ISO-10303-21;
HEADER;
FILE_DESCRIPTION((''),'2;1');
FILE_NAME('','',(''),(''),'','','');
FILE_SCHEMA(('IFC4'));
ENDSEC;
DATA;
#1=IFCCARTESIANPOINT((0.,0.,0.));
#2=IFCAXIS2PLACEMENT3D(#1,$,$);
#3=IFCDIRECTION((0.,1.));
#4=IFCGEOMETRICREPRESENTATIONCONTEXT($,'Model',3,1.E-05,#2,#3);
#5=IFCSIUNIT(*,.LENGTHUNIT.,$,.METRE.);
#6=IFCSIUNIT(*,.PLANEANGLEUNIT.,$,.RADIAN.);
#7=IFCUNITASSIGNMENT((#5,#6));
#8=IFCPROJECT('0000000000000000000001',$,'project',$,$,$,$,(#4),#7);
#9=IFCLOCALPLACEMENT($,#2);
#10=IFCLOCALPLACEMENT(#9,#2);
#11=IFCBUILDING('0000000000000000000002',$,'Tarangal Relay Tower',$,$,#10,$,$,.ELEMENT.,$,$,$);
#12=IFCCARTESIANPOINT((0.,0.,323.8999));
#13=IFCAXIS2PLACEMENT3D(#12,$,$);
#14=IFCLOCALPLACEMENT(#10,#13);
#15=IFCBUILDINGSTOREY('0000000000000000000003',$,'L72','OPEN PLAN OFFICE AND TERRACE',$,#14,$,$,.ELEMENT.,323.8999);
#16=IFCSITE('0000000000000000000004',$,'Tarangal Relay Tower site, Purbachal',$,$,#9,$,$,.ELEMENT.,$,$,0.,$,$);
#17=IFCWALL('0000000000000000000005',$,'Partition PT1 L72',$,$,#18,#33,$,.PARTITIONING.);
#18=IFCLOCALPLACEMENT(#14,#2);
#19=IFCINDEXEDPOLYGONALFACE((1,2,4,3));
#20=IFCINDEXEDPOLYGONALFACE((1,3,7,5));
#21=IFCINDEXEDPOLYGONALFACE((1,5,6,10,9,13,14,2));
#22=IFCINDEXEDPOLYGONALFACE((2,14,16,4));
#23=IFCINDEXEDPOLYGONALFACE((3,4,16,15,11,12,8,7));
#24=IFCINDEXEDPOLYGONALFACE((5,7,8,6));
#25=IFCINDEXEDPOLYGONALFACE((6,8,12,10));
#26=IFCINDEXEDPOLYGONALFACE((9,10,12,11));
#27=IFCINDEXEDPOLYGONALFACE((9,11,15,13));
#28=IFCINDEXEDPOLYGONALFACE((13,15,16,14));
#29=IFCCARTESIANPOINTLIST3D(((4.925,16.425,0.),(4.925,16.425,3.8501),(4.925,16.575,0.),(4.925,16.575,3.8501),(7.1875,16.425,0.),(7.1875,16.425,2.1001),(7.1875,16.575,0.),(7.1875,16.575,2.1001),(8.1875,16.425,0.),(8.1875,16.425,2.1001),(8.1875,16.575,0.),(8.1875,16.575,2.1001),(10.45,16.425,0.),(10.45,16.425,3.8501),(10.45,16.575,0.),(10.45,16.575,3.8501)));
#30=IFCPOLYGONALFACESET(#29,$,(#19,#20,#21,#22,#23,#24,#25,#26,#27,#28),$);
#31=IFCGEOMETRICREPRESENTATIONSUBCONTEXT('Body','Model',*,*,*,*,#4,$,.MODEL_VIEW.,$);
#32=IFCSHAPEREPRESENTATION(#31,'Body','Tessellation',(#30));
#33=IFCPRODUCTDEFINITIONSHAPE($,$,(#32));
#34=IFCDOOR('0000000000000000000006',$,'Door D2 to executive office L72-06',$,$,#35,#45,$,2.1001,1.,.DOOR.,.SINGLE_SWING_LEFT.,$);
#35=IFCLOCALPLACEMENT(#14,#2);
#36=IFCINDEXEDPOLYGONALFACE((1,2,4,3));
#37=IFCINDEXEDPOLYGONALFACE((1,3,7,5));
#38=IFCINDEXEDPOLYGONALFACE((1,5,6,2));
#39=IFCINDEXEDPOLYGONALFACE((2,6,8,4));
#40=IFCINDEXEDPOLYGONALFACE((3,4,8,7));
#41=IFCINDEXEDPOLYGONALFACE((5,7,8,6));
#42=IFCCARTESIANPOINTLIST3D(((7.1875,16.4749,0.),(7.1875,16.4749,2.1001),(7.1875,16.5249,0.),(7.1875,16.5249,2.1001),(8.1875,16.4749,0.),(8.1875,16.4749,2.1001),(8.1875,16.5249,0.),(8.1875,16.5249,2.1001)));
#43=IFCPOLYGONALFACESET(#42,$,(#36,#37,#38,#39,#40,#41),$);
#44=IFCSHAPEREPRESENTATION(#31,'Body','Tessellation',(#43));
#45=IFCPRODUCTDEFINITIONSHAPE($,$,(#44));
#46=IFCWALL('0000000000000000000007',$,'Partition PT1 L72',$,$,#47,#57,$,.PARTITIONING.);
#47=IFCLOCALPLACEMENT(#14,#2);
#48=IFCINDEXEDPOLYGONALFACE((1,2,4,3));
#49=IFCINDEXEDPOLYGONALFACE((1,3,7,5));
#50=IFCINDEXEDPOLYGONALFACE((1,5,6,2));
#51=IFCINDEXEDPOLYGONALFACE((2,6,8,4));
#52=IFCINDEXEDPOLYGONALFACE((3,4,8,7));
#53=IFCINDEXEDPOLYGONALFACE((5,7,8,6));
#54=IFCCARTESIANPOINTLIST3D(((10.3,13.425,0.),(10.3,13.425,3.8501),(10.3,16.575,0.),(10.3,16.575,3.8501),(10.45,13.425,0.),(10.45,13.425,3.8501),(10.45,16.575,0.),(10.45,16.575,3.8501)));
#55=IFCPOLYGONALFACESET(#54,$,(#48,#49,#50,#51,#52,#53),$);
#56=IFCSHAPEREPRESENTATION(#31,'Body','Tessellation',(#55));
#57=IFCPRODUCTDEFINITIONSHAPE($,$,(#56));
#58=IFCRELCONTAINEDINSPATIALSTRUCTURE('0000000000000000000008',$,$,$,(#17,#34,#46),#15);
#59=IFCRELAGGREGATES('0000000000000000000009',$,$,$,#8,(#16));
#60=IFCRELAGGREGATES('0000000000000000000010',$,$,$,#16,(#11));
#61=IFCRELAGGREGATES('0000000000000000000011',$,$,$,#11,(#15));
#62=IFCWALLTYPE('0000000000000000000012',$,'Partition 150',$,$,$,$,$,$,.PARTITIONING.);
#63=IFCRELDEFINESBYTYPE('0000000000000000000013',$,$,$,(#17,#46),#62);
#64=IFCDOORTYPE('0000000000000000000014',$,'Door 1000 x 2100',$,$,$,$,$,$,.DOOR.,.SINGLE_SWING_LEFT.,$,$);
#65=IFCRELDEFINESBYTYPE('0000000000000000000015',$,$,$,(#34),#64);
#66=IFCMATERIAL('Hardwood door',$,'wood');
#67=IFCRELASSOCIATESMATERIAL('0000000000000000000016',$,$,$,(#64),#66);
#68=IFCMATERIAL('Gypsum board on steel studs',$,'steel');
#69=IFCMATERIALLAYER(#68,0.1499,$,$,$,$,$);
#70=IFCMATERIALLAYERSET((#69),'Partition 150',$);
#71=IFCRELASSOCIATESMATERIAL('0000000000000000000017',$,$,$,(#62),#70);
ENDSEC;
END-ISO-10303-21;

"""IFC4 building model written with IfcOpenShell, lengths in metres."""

from ifc_helpers import new_model, si_unit, direction, frame, frame_2d, origin, place, context, subcontext, project, spatial, rectangle, extrude, material, layer, layer_set, type_object, element, fill, save


model = new_model("IFC4")

# Units and contexts
model_context = context("Model", 3, precision=1e-05, world=origin(), true_north=direction((0.0, 1.0)))
body_context = subcontext(model_context, "Body", "Model", "MODEL_VIEW")
ifc_project = project(units=[si_unit("LENGTHUNIT", "METRE"), si_unit("PLANEANGLEUNIT", "RADIAN")], contexts=[model_context])

# Site, building, storey
site_placement = place(None, origin())
site = spatial("IfcSite", under=ifc_project, at=site_placement, Name="Tarangal Relay Tower site, Purbachal", CompositionType="ELEMENT", RefElevation=0.0)
building_placement = place(site_placement, origin())
building = spatial("IfcBuilding", under=site, at=building_placement, Name="Tarangal Relay Tower", CompositionType="ELEMENT")
storey_placement = place(building_placement, frame((0.0, 0.0, 323.8999)))
storey = spatial("IfcBuildingStorey", under=building, at=storey_placement, Name="L72", Description="OPEN PLAN OFFICE AND TERRACE", CompositionType="ELEMENT", Elevation=323.8999)

# Shared definitions
ifc_material_1 = material(Name="Hardwood door", Category="wood")
door_type = type_object("IfcDoorType", Name="Door 1000 x 2100", OperationType="SINGLE_SWING_LEFT", PredefinedType="DOOR", material=ifc_material_1)

# Shared definitions
ifc_material_2 = material(Name="Gypsum board on steel studs", Category="steel")
ifc_layer_1 = layer(ifc_material_2, 0.1499)
ifc_layer_set_1 = layer_set([ifc_layer_1], Name="Partition 150")
wall_type_1 = type_object("IfcWallType", Name="Partition 150", PredefinedType="PARTITIONING", material=ifc_layer_set_1)

# Wall, opening, door
wall_1_placement = place(storey_placement, frame((4.925, 16.5, 0.0), z_axis=(0.0, 0.0, 1.0), x_axis=(1.0, 0.0, 0.0)))
wall_1 = element("IfcWall", 1, at=wall_1_placement, inside=storey, type_object=wall_type_1, Name="Partition PT1 L72", PredefinedType="PARTITIONING", context=body_context, shape_type="SweptSolid", body=[
    extrude(rectangle(XDim=5.5249, YDim=0.1499, at=frame_2d((2.7625, 0.0))), origin(), (0.0, 0.0, 1.0), 3.8501),
])
opening_1_placement = place(wall_1_placement, frame((2.2625, 0.0, 0.0)))
opening_1 = element("IfcOpeningElement", 2, at=opening_1_placement, cuts=wall_1, PredefinedType="OPENING", context=body_context, shape_type="SweptSolid", body=[
    extrude(rectangle(XDim=1.0, YDim=2.1001, at=frame_2d((0.5, 1.05))), frame((0.0, 0.085, 0.0), z_axis=(0.0, -1.0, 0.0), x_axis=(1.0, 0.0, 0.0)), (0.0, 0.0, 1.0), 0.1699),
])
door_1_placement = place(opening_1_placement, origin())
door_1 = element("IfcDoor", 3, at=door_1_placement, inside=storey, type_object=door_type, Name="Door D2 to executive office L72-06", OperationType="SINGLE_SWING_LEFT", OverallHeight=2.1001, OverallWidth=1.0, PredefinedType="DOOR", context=body_context, shape_type="SweptSolid", body=[
    extrude(rectangle(XDim=1.0, YDim=2.1001, at=frame_2d((0.5, 1.05))), frame((0.0, 0.0249, 0.0), z_axis=(0.0, -1.0, 0.0), x_axis=(1.0, 0.0, 0.0)), (0.0, 0.0, 1.0), 0.05),
])
fill(opening_1, door_1)

# Wall
wall_2_placement = place(storey_placement, frame((10.375, 13.425, 0.0), z_axis=(0.0, 0.0, 1.0), x_axis=(0.0, 1.0, 0.0)))
element("IfcWall", 4, at=wall_2_placement, inside=storey, type_object=wall_type_1, Name="Partition PT1 L72", PredefinedType="PARTITIONING", context=body_context, shape_type="SweptSolid", body=[
    extrude(rectangle(XDim=3.1499, YDim=0.1499, at=frame_2d((1.575, 0.0))), origin(), (0.0, 0.0, 1.0), 3.8501),
])

save(model, "model.ifc")
